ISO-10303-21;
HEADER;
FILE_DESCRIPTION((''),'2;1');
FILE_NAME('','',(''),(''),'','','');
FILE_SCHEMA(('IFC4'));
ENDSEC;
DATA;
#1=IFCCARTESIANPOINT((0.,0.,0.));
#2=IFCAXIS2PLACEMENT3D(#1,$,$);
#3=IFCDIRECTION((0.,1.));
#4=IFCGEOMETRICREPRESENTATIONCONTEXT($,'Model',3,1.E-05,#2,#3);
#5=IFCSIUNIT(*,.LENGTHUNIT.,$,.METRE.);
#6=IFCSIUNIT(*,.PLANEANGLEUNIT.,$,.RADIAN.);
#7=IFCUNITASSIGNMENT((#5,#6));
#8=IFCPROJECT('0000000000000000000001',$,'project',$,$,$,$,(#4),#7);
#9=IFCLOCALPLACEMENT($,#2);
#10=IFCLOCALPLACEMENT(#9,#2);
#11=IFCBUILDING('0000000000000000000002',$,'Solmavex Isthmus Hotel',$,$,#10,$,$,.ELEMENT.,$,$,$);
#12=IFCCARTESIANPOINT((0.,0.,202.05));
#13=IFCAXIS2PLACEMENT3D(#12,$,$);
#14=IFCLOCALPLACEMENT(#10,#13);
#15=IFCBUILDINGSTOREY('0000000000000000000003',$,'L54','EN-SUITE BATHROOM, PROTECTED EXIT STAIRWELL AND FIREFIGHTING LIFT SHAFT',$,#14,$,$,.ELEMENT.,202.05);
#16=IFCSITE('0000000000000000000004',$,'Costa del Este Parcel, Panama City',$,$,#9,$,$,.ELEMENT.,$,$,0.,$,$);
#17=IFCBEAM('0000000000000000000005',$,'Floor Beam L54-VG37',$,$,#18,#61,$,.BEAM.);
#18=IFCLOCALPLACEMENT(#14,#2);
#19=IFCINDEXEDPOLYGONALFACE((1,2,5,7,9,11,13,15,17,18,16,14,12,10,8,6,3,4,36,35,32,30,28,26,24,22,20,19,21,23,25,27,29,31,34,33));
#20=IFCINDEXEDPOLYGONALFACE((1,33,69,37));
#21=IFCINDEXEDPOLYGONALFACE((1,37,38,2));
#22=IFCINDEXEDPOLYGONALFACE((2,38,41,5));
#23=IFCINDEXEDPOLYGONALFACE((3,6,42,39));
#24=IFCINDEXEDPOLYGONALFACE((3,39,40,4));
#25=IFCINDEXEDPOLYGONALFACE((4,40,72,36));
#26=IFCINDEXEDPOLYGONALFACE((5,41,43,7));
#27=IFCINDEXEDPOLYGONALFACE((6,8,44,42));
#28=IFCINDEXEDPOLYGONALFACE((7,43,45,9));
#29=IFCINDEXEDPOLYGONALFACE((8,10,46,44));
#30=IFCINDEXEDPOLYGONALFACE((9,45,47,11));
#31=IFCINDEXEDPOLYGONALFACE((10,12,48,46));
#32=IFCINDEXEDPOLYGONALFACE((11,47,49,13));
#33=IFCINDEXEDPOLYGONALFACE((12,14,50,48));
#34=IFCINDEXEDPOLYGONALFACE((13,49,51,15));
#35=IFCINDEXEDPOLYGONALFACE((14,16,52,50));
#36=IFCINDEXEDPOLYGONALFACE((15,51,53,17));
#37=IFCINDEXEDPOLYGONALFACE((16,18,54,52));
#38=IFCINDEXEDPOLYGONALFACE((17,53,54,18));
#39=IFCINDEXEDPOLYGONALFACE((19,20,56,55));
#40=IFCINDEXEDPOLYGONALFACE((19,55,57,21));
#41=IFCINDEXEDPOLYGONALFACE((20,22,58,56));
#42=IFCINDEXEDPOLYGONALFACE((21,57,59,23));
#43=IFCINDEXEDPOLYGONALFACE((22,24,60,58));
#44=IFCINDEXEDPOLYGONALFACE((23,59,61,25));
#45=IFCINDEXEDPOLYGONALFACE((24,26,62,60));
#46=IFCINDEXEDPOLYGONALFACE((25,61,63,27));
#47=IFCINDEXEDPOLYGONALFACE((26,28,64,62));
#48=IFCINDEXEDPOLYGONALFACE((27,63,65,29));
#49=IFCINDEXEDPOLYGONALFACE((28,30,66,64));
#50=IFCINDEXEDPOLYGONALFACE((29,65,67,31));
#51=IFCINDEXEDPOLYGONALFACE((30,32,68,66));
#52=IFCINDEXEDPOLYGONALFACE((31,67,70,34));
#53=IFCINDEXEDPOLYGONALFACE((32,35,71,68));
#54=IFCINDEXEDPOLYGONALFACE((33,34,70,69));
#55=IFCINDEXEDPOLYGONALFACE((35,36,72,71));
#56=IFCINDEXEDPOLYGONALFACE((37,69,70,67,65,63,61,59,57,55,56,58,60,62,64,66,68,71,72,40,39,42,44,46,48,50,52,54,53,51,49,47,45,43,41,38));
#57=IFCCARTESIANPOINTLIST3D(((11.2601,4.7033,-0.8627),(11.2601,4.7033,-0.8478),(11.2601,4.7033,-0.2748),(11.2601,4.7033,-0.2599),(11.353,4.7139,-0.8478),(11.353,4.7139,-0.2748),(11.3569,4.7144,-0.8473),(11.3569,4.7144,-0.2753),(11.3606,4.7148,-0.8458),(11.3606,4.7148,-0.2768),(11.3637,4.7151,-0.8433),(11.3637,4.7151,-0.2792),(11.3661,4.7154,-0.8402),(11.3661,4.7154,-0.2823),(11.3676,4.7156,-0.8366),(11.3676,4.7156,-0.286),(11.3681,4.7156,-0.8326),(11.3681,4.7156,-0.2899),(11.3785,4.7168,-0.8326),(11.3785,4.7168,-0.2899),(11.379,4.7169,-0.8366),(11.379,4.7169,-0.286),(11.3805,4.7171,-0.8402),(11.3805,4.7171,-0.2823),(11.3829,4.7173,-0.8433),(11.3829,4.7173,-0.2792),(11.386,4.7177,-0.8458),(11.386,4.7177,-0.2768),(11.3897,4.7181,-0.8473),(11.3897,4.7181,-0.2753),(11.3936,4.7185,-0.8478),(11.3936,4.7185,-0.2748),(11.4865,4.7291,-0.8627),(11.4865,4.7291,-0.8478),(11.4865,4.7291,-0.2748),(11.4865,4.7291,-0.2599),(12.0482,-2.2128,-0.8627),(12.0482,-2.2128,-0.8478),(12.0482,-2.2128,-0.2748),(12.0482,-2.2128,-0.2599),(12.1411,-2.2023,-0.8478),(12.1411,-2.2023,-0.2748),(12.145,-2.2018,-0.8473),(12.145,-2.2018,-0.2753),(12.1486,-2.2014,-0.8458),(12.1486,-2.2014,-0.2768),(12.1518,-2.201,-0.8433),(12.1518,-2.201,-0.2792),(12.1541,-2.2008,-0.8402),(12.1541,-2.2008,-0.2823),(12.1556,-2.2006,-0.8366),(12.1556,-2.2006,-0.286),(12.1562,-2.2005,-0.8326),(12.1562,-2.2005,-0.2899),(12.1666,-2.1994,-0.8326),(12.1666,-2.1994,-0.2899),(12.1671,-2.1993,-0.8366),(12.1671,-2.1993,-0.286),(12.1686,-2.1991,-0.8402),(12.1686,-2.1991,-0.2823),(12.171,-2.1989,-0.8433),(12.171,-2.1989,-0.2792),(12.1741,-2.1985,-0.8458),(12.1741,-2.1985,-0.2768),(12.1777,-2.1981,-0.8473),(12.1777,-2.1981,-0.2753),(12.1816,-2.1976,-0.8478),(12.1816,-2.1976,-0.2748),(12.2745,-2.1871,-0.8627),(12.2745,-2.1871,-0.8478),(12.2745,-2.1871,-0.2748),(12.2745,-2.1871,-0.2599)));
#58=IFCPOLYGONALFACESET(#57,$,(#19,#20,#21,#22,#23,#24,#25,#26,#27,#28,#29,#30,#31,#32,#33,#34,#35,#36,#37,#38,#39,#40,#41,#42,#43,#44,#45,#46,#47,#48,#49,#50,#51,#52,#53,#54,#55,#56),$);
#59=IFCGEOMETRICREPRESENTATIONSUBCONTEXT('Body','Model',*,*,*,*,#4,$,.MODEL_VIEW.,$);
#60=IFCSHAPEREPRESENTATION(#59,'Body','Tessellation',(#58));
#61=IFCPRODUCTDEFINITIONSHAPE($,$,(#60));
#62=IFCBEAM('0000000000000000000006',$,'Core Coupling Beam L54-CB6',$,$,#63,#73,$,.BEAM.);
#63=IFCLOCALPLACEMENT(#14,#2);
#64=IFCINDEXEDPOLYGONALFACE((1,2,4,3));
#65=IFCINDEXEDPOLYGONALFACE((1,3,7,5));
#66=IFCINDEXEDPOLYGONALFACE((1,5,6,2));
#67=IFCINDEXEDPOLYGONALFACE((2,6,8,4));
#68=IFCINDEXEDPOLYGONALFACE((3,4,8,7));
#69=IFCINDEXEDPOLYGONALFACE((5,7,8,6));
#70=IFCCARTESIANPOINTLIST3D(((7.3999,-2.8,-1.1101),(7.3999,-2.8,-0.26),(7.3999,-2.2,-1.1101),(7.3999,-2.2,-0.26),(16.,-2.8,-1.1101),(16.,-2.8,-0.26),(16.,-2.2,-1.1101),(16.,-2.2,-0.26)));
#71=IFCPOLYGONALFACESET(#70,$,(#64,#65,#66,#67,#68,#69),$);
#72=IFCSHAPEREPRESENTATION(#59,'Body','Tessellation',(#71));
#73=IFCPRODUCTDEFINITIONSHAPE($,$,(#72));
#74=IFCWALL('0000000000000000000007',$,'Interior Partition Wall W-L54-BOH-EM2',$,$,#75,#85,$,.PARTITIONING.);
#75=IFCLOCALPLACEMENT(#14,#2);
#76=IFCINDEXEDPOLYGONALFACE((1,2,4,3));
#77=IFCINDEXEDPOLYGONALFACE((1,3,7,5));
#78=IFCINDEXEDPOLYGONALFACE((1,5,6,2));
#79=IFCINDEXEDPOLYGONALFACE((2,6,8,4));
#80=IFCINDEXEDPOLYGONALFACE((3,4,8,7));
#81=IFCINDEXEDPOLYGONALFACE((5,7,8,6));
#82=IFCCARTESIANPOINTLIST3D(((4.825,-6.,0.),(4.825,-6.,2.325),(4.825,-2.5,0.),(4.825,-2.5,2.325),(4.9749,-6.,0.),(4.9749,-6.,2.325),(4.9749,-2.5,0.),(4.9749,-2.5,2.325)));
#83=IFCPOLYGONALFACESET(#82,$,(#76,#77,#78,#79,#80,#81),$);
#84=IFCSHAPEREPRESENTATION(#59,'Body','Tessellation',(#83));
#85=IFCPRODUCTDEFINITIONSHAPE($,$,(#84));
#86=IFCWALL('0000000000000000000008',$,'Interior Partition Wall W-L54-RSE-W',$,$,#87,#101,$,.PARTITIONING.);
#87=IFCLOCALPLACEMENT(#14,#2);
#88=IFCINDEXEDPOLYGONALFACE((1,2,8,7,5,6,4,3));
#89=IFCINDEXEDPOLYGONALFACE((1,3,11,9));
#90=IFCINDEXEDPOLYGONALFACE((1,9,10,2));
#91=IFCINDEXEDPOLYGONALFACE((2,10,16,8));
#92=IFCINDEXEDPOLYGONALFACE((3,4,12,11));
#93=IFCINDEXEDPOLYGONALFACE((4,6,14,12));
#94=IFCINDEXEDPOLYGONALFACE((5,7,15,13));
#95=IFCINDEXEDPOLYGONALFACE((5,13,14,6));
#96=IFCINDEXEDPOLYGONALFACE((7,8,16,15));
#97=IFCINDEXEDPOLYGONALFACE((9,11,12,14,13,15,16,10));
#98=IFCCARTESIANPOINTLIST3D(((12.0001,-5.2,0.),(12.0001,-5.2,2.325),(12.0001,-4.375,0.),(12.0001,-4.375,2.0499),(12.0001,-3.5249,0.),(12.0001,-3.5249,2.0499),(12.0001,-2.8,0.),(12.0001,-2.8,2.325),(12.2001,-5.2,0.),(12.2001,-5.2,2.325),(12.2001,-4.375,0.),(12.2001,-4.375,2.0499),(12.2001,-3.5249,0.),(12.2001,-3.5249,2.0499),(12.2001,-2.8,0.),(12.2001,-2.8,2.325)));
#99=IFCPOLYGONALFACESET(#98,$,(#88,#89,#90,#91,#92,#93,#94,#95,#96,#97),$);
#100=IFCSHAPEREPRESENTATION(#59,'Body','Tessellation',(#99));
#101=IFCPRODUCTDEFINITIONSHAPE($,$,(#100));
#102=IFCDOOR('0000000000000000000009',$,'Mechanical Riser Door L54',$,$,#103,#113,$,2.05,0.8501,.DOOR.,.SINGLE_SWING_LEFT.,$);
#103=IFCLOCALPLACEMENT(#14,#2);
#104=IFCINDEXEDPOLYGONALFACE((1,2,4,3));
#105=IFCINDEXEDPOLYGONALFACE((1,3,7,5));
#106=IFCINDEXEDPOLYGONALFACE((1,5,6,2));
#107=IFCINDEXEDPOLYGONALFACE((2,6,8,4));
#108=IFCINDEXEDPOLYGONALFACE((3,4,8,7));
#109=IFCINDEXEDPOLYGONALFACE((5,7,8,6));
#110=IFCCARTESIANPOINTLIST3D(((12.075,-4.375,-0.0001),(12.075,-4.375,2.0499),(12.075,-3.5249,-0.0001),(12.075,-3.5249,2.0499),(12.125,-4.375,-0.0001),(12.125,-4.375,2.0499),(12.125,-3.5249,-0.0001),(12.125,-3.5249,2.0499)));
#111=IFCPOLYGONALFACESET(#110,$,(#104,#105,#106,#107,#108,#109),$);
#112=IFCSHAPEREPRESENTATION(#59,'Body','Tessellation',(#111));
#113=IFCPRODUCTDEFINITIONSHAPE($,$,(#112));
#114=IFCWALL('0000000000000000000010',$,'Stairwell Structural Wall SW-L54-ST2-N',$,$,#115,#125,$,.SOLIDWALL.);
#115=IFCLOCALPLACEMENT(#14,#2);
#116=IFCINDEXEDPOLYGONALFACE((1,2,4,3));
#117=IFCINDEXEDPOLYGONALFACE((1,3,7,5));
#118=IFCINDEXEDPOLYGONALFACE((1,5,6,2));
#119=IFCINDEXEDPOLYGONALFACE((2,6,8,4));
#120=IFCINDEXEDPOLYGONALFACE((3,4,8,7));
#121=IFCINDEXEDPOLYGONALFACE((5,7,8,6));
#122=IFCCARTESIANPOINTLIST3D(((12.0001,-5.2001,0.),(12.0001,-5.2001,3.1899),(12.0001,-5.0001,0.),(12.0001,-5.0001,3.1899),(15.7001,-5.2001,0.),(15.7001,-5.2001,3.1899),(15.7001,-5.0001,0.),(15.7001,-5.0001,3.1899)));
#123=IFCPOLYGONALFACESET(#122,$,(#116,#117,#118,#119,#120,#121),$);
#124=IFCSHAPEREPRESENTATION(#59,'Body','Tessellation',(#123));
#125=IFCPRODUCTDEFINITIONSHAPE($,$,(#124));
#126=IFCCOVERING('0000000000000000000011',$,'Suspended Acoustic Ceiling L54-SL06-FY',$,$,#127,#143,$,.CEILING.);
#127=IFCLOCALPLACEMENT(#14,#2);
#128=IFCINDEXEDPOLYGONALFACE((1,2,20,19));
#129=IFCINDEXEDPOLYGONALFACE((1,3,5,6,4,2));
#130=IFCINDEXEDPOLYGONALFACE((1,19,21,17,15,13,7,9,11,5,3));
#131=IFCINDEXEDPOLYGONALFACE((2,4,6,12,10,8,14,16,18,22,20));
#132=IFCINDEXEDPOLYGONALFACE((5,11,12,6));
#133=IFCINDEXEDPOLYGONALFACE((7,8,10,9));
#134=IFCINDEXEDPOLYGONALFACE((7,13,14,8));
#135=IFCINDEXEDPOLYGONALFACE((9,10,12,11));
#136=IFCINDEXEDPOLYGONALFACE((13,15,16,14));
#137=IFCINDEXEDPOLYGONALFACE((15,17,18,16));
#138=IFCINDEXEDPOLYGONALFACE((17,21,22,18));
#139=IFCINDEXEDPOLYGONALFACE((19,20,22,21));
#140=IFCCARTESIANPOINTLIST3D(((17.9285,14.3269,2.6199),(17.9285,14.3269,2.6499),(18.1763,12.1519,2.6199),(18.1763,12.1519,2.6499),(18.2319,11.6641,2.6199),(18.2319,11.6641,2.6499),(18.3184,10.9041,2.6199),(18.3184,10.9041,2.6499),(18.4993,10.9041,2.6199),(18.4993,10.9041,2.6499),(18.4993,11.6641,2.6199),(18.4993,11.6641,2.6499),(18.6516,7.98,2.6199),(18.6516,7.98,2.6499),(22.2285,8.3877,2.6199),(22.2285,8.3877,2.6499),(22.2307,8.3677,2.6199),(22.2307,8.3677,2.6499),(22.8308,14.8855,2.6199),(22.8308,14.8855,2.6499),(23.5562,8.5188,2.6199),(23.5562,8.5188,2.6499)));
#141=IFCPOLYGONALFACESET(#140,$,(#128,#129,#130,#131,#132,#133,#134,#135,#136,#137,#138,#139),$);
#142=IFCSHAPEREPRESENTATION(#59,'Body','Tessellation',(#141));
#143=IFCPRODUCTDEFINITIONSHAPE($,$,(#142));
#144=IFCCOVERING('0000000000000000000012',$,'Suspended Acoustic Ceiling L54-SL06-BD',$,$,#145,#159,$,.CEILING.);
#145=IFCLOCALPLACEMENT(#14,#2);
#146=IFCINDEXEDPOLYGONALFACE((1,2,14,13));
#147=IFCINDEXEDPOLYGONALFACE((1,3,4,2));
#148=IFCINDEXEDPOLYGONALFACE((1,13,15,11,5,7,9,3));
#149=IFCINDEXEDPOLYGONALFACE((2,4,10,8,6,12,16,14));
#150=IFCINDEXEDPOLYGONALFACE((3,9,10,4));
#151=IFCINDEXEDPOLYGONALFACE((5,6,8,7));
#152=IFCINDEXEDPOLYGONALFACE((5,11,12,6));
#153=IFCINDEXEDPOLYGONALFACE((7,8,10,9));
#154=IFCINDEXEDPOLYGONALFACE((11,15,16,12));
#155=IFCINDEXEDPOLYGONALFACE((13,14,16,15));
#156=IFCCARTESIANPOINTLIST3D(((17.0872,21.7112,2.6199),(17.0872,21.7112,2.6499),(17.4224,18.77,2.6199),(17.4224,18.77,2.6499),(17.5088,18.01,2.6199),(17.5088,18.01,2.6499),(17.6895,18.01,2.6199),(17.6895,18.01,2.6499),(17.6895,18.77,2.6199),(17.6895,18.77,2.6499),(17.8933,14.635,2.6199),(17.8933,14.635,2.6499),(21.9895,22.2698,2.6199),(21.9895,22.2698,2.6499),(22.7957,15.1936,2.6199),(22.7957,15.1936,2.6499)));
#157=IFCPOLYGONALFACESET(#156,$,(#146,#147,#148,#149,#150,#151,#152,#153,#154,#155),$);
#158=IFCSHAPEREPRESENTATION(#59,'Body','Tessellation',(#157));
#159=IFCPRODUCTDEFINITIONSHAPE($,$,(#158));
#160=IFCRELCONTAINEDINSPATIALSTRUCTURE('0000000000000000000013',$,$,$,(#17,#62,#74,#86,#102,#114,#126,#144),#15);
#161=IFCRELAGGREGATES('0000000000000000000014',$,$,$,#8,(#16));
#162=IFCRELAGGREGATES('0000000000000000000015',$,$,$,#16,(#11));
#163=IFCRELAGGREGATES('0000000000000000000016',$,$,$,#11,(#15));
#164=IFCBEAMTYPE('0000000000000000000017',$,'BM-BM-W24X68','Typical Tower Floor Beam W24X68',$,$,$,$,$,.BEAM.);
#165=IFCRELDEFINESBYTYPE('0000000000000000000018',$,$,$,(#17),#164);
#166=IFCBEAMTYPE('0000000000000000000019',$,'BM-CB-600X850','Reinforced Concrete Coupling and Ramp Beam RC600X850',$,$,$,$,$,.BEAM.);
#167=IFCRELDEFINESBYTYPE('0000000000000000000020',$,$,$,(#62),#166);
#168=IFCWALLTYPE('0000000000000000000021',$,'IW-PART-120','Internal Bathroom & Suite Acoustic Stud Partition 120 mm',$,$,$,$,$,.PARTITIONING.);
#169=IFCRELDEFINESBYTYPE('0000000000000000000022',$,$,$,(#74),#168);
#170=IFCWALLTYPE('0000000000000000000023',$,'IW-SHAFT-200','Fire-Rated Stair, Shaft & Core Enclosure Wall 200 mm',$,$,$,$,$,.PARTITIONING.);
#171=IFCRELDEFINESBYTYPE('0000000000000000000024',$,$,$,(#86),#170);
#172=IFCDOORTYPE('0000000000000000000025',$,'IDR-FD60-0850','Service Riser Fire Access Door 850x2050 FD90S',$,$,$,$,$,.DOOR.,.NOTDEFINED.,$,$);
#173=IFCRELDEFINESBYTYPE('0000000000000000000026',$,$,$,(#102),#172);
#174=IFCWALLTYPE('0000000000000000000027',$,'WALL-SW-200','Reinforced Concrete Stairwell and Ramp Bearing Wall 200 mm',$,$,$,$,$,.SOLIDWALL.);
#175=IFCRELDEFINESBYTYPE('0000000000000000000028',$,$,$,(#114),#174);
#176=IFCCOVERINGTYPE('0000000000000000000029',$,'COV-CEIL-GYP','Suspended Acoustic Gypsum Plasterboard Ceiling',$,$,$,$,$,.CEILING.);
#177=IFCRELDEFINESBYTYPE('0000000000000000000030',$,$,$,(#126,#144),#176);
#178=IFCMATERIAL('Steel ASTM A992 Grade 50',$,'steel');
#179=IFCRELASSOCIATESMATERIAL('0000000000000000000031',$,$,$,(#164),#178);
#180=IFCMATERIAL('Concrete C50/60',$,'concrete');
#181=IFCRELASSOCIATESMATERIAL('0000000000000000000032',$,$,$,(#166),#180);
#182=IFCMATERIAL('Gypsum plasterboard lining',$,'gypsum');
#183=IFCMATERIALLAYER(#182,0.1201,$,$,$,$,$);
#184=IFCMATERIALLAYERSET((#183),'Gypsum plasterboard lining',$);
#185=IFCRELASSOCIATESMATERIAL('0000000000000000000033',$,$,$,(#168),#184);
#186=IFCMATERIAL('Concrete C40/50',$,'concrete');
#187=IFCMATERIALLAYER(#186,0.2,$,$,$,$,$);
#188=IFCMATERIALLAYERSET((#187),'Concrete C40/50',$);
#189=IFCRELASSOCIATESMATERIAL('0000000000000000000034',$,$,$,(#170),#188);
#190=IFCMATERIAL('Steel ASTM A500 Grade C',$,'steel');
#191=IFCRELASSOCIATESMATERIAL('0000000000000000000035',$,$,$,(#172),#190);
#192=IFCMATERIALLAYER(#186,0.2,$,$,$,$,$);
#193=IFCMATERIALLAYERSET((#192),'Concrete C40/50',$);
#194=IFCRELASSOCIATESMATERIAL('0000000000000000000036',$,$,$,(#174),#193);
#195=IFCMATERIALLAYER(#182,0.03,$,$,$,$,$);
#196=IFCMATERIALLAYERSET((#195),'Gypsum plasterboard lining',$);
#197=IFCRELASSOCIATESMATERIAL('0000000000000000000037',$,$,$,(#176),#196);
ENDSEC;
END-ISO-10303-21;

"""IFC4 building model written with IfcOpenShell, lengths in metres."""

from ifc_helpers import new_model, si_unit, direction, frame, frame_2d, origin, origin_2d, place, context, subcontext, project, spatial, polyline, rectangle, i_section, outline, extrude, material, layer, layer_set, material_profile, profile_set, type_object, element, fill, save


model = new_model("IFC4")

# Units and contexts
model_context = context("Model", 3, precision=1e-05, world=origin(), true_north=direction((0.0, 1.0)))
body_context = subcontext(model_context, "Body", "Model", "MODEL_VIEW")
ifc_project = project(units=[si_unit("LENGTHUNIT", "METRE"), si_unit("PLANEANGLEUNIT", "RADIAN")], contexts=[model_context])

# Site, building, storey
site_placement = place(None, origin())
site = spatial("IfcSite", under=ifc_project, at=site_placement, Name="Costa del Este Parcel, Panama City", CompositionType="ELEMENT", RefElevation=0.0)
building_placement = place(site_placement, origin())
building = spatial("IfcBuilding", under=site, at=building_placement, Name="Solmavex Isthmus Hotel", CompositionType="ELEMENT")
storey_placement = place(building_placement, frame((0.0, 0.0, 202.05)))
storey = spatial("IfcBuildingStorey", under=building, at=storey_placement, Name="L54", Description="EN-SUITE BATHROOM, PROTECTED EXIT STAIRWELL AND FIREFIGHTING LIFT SHAFT", CompositionType="ELEMENT", Elevation=202.05)

# Shared definitions
ifc_material_1 = material(Name="Concrete C50/60", Category="concrete")

# Beams
ifc_material_2 = material(Name="Steel ASTM A992 Grade 50", Category="steel")
ifc_material_profile_1 = material_profile(ifc_material_2, i_section(OverallWidth=0.2278, OverallDepth=0.6028, WebThickness=0.0105, FlangeThickness=0.0149, FilletRadius=0.0151, at=origin_2d()), Name="W24X68")
ifc_profile_set_1 = profile_set([ifc_material_profile_1], Name="Steel ASTM A992 Grade 50")
beam_type_1 = type_object("IfcBeamType", Name="BM-BM-W24X68", Description="Typical Tower Floor Beam W24X68", PredefinedType="BEAM", material=ifc_profile_set_1)
beam_1_placement = place(storey_placement, frame((12.1614, -2.2, -0.5613), z_axis=(-0.113214, 0.993571, 0.0), x_axis=(-0.993571, -0.113214, 0.0)))
element("IfcBeam", 1, at=beam_1_placement, inside=storey, type_object=beam_type_1, Name="Floor Beam L54-VG37", PredefinedType="BEAM", context=body_context, shape_type="SweptSolid", body=[
    extrude(i_section(OverallWidth=0.2278, OverallDepth=0.6028, WebThickness=0.0105, FlangeThickness=0.0149, FilletRadius=0.0151, at=origin_2d()), origin(), (0.0, 0.0, 1.0), 6.9609),
])
ifc_material_profile_2 = material_profile(ifc_material_1, rectangle(XDim=0.6001, YDim=0.8501, at=origin_2d()), Name="RC600X850")
ifc_profile_set_2 = profile_set([ifc_material_profile_2], Name="Concrete C50/60")
beam_type_2 = type_object("IfcBeamType", Name="BM-CB-600X850", Description="Reinforced Concrete Coupling and Ramp Beam RC600X850", PredefinedType="BEAM", material=ifc_profile_set_2)
beam_2_placement = place(storey_placement, frame((7.3999, -2.5, -0.6851), z_axis=(1.0, 0.0, 0.0), x_axis=(0.0, 1.0, 0.0)))
element("IfcBeam", 2, at=beam_2_placement, inside=storey, type_object=beam_type_2, Name="Core Coupling Beam L54-CB6", PredefinedType="BEAM", context=body_context, shape_type="SweptSolid", body=[
    extrude(rectangle(XDim=0.6001, YDim=0.8501, at=origin_2d()), origin(), (0.0, 0.0, 1.0), 8.6001),
])

# Wall
ifc_material_3 = material(Name="Gypsum plasterboard lining", Category="gypsum")
ifc_layer_1 = layer(ifc_material_3, 0.1201)
ifc_layer_set_1 = layer_set([ifc_layer_1], Name="Gypsum plasterboard lining")
wall_type_1 = type_object("IfcWallType", Name="IW-PART-120", Description="Internal Bathroom & Suite Acoustic Stud Partition 120 mm", PredefinedType="PARTITIONING", material=ifc_layer_set_1)
wall_1_placement = place(storey_placement, frame((4.8999, -6.0, 0.0), z_axis=(0.0, 0.0, 1.0), x_axis=(0.0, 1.0, 0.0)))
element("IfcWall", 3, at=wall_1_placement, inside=storey, type_object=wall_type_1, Name="Interior Partition Wall W-L54-BOH-EM2", PredefinedType="PARTITIONING", context=body_context, shape_type="SweptSolid", body=[
    extrude(rectangle(XDim=3.5, YDim=0.1499, at=frame_2d((1.75, 0.0))), origin(), (0.0, 0.0, 1.0), 2.325),
])

# Wall, opening, door
ifc_material_4 = material(Name="Concrete C40/50", Category="concrete")
ifc_layer_2 = layer(ifc_material_4, 0.2)
ifc_layer_set_2 = layer_set([ifc_layer_2], Name="Concrete C40/50")
wall_type_2 = type_object("IfcWallType", Name="IW-SHAFT-200", Description="Fire-Rated Stair, Shaft & Core Enclosure Wall 200 mm", PredefinedType="PARTITIONING", material=ifc_layer_set_2)
wall_2_placement = place(storey_placement, frame((12.1001, -5.2, 0.0), z_axis=(0.0, 0.0, 1.0), x_axis=(0.0, 1.0, 0.0)))
wall_2 = element("IfcWall", 4, at=wall_2_placement, inside=storey, type_object=wall_type_2, Name="Interior Partition Wall W-L54-RSE-W", PredefinedType="PARTITIONING", context=body_context, shape_type="SweptSolid", body=[
    extrude(rectangle(XDim=2.3999, YDim=0.2, at=frame_2d((1.2, 0.0))), origin(), (0.0, 0.0, 1.0), 2.325),
])
opening_placement = place(wall_2_placement, frame((0.825, 0.0, 0.0)))
opening = element("IfcOpeningElement", 5, at=opening_placement, cuts=wall_2, PredefinedType="OPENING", context=body_context, shape_type="SweptSolid", body=[
    extrude(rectangle(XDim=0.8501, YDim=2.05, at=frame_2d((0.425, 1.0249))), frame((0.0, 0.1099, 0.0), z_axis=(0.0, -1.0, 0.0), x_axis=(1.0, 0.0, 0.0)), (0.0, 0.0, 1.0), 0.22),
])
ifc_material_5 = material(Name="Steel ASTM A500 Grade C", Category="steel")
door_type = type_object("IfcDoorType", Name="IDR-FD60-0850", Description="Service Riser Fire Access Door 850x2050 FD90S", OperationType="NOTDEFINED", PredefinedType="DOOR", material=ifc_material_5)
door_placement = place(opening_placement, frame((0.8501, 0.0, 0.0), z_axis=(0.0, 0.0, 1.0), x_axis=(-1.0, 0.0, 0.0)))
door = element("IfcDoor", 6, at=door_placement, inside=storey, type_object=door_type, Name="Mechanical Riser Door L54", OperationType="SINGLE_SWING_LEFT", OverallHeight=2.05, OverallWidth=0.8501, PredefinedType="DOOR", context=body_context, shape_type="SweptSolid", body=[
    extrude(rectangle(XDim=0.8501, YDim=2.05, at=frame_2d((0.425, 1.0249))), frame((0.0, 0.0249, 0.0), z_axis=(0.0, -1.0, 0.0), x_axis=(1.0, 0.0, 0.0)), (0.0, 0.0, 1.0), 0.05),
])
fill(opening, door)

# Wall
ifc_layer_3 = layer(ifc_material_4, 0.2)
ifc_layer_set_3 = layer_set([ifc_layer_3], Name="Concrete C40/50")
wall_type_3 = type_object("IfcWallType", Name="WALL-SW-200", Description="Reinforced Concrete Stairwell and Ramp Bearing Wall 200 mm", PredefinedType="SOLIDWALL", material=ifc_layer_set_3)
wall_3_placement = place(storey_placement, frame((12.0, -5.1001, 0.0), z_axis=(0.0, 0.0, 1.0), x_axis=(1.0, 0.0, 0.0)))
element("IfcWall", 7, at=wall_3_placement, inside=storey, type_object=wall_type_3, Name="Stairwell Structural Wall SW-L54-ST2-N", PredefinedType="SOLIDWALL", context=body_context, shape_type="SweptSolid", body=[
    extrude(rectangle(XDim=3.7, YDim=0.2, at=frame_2d((1.8501, 0.0))), origin(), (0.0, 0.0, 1.0), 3.1899),
])

# Coverings
ifc_layer_4 = layer(ifc_material_3, 0.03)
ifc_layer_set_4 = layer_set([ifc_layer_4], Name="Gypsum plasterboard lining")
covering_type_1 = type_object("IfcCoveringType", Name="COV-CEIL-GYP", Description="Suspended Acoustic Gypsum Plasterboard Ceiling", PredefinedType="CEILING", material=ifc_layer_set_4)
covering_1_placement = place(storey_placement, frame((0.0, 0.0, 2.6199)))
element("IfcCovering", 8, at=covering_1_placement, inside=storey, type_object=covering_type_1, Name="Suspended Acoustic Ceiling L54-SL06-FY", PredefinedType="CEILING", context=body_context, shape_type="SweptSolid", body=[
    extrude(outline(polyline([(18.2319, 11.6641), (18.4993, 11.6641), (18.4993, 10.9041), (18.3184, 10.9041), (18.6516, 7.98), (22.2285, 8.3877), (22.2307, 8.3677), (23.5562, 8.5188), (22.8308, 14.8855), (17.9285, 14.3269), (18.1763, 12.1519), (18.2319, 11.6641)])), origin(), (0.0, 0.0, 1.0), 0.03),
])
covering_2_placement = place(storey_placement, frame((0.0, 0.0, 2.6199)))
element("IfcCovering", 9, at=covering_2_placement, inside=storey, type_object=covering_type_1, Name="Suspended Acoustic Ceiling L54-SL06-BD", PredefinedType="CEILING", context=body_context, shape_type="SweptSolid", body=[
    extrude(outline(polyline([(17.4224, 18.77), (17.6895, 18.77), (17.6895, 18.01), (17.5088, 18.01), (17.8933, 14.635), (22.7957, 15.1936), (21.9895, 22.2698), (17.0872, 21.7112), (17.4224, 18.77)])), origin(), (0.0, 0.0, 1.0), 0.03),
])

save(model, "model.ifc")
